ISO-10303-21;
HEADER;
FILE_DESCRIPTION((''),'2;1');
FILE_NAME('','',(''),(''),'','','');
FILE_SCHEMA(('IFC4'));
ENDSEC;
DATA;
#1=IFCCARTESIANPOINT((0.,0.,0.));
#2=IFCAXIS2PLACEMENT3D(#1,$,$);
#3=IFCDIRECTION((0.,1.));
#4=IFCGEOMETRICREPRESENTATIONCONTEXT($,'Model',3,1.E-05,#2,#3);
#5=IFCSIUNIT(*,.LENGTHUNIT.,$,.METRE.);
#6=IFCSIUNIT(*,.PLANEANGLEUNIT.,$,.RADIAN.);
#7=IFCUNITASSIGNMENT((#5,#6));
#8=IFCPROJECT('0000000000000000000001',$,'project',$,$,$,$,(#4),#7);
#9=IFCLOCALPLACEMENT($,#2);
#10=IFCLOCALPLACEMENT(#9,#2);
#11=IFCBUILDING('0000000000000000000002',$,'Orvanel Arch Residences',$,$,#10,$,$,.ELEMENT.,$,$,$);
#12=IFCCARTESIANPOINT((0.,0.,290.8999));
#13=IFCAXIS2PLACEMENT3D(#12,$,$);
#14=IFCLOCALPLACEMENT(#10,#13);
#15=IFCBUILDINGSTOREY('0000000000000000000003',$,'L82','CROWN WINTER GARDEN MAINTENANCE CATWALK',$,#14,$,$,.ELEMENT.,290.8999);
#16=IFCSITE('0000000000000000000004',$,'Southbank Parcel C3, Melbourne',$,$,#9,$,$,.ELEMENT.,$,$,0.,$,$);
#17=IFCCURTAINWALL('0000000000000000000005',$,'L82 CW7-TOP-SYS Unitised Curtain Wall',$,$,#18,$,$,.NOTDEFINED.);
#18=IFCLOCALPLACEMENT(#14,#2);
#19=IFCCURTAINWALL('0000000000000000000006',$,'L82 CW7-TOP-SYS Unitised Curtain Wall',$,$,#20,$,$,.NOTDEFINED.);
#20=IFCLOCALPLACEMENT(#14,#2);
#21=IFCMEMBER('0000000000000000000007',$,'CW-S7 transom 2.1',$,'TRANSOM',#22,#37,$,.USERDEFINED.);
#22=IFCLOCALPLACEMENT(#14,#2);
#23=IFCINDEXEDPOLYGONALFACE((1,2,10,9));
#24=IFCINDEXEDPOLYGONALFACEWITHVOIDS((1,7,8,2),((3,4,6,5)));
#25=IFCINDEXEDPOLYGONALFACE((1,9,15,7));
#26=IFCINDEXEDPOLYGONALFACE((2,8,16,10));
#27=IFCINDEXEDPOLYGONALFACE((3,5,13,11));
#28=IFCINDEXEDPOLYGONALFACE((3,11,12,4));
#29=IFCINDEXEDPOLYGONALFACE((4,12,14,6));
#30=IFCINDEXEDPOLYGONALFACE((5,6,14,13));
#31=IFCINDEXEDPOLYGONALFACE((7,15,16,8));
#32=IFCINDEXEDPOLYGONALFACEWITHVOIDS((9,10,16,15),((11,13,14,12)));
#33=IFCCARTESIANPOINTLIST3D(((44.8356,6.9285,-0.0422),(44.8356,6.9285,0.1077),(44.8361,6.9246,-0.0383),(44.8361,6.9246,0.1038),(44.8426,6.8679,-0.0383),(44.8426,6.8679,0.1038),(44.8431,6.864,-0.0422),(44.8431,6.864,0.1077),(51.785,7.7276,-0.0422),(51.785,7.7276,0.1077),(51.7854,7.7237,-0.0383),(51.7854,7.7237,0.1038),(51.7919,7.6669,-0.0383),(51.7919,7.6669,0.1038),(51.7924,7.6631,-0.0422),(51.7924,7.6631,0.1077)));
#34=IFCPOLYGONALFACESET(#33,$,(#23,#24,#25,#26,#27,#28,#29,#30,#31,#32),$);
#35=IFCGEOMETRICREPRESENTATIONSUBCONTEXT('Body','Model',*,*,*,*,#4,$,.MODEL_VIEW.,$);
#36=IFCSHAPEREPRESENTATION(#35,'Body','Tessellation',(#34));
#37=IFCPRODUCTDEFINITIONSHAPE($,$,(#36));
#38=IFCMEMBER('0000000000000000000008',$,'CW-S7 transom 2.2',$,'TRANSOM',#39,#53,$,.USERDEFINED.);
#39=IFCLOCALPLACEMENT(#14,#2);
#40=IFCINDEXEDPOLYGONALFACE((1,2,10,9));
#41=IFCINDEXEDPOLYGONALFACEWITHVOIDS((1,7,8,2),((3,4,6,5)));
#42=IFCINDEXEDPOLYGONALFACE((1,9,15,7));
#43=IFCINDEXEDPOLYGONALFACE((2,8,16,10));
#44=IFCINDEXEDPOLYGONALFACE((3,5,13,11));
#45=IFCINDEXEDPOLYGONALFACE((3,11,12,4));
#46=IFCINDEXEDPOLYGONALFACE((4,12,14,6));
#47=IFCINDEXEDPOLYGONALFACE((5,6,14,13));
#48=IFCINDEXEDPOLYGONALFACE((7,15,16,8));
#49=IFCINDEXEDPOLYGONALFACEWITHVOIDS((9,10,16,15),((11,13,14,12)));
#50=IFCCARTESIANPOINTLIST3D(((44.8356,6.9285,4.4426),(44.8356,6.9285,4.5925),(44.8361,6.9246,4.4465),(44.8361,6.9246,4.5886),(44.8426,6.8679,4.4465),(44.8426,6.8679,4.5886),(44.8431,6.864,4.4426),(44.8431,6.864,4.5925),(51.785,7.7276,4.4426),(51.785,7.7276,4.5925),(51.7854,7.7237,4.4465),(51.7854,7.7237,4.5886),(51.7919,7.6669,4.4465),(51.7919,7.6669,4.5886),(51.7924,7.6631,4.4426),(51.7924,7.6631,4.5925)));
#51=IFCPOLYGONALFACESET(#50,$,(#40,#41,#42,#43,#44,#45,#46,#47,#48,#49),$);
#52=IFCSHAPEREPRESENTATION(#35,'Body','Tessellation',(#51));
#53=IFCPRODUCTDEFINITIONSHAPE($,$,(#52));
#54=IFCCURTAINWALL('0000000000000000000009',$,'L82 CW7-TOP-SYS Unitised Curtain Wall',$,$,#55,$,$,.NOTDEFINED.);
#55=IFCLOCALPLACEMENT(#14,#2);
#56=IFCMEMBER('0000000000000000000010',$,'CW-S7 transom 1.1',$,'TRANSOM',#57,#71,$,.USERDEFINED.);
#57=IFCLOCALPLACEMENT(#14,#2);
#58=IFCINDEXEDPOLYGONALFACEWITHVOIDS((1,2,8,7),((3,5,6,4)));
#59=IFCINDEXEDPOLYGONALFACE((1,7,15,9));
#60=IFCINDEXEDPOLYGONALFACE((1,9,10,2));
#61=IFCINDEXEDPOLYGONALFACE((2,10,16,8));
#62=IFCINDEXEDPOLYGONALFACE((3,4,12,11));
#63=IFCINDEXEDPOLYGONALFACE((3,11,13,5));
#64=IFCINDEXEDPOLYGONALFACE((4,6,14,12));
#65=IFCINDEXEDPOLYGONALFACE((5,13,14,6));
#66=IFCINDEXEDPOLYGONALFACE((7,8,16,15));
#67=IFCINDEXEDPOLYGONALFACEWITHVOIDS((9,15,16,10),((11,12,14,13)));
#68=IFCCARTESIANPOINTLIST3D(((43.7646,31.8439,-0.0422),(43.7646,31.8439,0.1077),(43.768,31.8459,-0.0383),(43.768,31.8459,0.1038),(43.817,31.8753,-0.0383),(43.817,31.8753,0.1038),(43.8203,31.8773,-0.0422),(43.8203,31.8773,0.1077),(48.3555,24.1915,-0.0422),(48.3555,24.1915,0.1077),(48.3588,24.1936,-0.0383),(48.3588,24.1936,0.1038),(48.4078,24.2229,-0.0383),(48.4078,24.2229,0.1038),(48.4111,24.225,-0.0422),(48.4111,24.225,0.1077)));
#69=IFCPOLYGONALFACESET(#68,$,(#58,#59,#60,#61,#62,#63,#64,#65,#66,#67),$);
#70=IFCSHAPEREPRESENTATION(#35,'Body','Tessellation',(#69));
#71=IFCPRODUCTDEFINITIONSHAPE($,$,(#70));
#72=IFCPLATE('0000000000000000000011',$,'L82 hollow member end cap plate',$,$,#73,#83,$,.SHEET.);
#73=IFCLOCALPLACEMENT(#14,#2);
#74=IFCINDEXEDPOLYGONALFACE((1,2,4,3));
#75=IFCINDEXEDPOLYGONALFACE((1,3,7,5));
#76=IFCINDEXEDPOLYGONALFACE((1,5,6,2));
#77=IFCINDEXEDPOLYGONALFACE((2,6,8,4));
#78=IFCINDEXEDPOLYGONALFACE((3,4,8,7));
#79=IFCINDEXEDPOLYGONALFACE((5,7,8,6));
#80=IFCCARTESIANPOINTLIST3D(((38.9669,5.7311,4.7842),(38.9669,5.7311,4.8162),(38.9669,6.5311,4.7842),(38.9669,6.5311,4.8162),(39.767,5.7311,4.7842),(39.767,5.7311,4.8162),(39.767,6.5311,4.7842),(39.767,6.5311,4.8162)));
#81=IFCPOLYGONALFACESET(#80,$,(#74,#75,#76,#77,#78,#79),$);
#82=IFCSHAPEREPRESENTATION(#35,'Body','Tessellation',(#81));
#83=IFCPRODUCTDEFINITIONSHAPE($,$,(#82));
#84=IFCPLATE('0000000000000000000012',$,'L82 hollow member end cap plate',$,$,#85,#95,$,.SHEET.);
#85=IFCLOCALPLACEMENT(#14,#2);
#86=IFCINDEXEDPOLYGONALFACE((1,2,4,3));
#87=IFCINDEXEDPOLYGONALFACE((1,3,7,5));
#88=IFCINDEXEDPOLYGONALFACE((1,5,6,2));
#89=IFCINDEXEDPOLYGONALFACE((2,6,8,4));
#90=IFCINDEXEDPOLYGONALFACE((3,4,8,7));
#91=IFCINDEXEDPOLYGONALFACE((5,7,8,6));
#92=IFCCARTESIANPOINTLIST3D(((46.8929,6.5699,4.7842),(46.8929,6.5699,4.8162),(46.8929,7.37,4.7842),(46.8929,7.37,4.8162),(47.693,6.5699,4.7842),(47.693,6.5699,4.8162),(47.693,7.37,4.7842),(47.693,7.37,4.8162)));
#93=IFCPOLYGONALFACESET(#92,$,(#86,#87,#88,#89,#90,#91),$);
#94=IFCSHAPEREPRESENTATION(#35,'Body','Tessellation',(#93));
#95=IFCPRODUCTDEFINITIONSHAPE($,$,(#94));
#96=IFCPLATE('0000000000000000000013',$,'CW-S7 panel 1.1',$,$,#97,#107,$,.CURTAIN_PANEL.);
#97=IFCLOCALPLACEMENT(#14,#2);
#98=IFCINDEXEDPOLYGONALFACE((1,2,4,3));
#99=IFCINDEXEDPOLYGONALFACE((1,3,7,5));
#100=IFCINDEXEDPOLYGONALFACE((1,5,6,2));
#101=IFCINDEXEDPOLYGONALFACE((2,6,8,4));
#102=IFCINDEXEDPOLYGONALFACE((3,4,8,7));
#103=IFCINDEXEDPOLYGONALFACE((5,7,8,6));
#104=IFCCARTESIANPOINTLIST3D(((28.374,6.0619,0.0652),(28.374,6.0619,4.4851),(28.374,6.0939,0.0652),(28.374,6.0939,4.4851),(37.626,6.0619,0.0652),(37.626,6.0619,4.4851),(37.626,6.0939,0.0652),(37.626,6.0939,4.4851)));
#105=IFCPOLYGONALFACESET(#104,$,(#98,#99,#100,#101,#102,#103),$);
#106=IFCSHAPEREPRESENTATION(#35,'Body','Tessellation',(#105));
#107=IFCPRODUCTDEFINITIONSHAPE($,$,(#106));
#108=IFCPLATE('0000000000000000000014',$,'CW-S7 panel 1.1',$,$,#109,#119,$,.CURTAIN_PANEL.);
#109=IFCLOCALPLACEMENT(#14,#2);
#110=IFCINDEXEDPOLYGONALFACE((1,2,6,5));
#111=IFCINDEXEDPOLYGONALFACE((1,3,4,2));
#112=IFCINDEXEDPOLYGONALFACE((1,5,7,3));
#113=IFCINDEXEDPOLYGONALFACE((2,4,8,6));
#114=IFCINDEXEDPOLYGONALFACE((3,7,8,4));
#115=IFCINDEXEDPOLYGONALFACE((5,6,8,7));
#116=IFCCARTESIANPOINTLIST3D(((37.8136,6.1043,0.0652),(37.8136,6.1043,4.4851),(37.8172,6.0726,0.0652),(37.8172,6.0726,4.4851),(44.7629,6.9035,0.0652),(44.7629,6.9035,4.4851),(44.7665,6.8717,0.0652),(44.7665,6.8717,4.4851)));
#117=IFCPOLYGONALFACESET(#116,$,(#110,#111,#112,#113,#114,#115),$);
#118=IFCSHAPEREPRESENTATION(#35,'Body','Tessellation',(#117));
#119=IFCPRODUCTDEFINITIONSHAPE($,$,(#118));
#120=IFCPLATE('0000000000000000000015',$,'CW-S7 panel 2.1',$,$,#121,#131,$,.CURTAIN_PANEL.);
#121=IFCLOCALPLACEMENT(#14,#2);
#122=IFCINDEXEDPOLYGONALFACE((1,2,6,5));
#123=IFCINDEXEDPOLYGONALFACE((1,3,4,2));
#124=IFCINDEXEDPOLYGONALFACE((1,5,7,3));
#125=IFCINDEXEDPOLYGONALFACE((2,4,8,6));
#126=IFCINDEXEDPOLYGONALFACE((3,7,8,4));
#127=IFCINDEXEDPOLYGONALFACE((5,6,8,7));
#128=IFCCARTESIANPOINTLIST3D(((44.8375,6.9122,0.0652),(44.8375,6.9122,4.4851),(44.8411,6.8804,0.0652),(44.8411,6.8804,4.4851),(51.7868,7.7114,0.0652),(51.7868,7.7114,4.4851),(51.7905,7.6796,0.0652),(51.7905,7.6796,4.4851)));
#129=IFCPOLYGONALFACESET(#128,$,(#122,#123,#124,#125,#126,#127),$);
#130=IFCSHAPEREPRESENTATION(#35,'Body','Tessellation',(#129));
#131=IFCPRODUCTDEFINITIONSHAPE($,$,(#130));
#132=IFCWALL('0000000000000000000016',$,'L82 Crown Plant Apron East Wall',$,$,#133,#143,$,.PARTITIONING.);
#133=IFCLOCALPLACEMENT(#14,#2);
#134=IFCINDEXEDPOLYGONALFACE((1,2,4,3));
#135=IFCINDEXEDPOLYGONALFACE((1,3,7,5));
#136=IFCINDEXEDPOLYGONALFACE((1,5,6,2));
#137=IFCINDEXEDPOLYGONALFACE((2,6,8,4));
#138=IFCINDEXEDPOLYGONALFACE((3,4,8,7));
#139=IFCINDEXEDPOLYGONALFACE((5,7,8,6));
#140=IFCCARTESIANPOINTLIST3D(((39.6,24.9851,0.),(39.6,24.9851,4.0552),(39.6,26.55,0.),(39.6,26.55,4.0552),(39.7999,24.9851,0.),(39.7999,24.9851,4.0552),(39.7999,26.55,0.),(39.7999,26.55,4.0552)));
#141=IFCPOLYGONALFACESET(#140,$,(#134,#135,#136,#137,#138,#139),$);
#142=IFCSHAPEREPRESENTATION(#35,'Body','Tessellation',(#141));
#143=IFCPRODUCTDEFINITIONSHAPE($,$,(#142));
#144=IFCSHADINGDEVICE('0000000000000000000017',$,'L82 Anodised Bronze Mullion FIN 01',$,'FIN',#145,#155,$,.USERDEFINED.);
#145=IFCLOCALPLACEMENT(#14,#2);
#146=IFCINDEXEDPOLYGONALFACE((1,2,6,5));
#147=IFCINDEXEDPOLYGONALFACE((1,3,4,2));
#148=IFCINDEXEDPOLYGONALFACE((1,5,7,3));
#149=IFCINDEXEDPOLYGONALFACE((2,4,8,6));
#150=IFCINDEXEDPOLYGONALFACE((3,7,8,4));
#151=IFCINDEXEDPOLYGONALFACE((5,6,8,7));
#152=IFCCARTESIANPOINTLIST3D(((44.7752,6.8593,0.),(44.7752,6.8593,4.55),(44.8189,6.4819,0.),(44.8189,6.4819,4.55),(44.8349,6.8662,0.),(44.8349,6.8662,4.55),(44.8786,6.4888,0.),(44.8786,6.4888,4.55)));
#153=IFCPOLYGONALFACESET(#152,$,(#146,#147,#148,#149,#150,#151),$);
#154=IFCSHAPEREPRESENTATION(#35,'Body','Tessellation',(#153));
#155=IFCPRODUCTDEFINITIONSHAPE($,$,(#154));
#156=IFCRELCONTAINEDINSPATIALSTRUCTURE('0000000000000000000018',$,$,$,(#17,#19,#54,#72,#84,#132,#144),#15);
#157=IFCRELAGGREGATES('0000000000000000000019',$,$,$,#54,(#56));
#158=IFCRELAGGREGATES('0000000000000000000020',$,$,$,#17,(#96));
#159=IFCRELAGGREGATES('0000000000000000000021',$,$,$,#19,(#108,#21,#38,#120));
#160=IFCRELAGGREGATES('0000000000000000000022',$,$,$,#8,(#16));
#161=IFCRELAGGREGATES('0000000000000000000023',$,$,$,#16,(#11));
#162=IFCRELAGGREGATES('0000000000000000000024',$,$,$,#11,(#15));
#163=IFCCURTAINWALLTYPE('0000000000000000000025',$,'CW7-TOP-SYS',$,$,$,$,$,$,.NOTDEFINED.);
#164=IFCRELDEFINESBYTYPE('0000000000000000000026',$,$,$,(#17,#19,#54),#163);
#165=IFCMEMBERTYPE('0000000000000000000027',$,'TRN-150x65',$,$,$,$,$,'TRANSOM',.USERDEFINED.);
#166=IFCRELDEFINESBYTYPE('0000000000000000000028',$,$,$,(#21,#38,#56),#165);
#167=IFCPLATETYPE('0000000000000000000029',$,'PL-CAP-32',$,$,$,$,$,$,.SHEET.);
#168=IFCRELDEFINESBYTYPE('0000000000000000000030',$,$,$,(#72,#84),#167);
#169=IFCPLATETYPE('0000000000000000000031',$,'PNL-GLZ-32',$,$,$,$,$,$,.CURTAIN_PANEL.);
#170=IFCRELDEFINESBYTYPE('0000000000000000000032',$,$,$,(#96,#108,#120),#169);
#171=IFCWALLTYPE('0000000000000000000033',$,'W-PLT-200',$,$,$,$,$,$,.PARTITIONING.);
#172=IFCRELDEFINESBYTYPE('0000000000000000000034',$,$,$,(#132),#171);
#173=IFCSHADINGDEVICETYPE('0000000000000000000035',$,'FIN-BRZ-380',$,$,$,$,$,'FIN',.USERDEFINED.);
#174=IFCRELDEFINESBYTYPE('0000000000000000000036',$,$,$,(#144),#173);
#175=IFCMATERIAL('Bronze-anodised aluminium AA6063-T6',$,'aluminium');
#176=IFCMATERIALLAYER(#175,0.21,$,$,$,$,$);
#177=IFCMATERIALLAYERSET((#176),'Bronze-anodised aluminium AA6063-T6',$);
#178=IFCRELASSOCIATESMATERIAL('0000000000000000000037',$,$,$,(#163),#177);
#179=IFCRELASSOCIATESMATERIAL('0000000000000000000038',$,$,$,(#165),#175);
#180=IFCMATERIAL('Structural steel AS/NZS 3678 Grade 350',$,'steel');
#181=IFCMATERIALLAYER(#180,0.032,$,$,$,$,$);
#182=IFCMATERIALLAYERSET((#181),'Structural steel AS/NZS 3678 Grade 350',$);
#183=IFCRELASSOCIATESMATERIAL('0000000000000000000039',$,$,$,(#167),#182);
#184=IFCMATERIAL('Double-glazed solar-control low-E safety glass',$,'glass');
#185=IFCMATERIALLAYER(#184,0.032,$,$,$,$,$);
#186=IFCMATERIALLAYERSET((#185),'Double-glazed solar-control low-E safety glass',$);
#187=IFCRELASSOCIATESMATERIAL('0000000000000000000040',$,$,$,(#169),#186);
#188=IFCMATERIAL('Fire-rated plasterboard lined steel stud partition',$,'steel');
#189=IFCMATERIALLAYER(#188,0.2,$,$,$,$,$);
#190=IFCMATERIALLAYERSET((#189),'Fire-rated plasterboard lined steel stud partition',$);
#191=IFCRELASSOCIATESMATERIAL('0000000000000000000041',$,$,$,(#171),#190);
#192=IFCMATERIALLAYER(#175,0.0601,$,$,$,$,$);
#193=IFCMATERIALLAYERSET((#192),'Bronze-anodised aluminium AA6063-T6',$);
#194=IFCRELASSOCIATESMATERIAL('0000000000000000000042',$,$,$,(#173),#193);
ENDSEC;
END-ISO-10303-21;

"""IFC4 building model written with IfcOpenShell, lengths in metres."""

from ifc_helpers import new_model, si_unit, direction, frame, frame_2d, origin, origin_2d, place, context, subcontext, project, spatial, rectangle, hollow_rectangle, extrude, material, layer, layer_set, material_profile, profile_set, type_object, element, aggregate, save


model = new_model("IFC4")

# Units and contexts
model_context = context("Model", 3, precision=1e-05, world=origin(), true_north=direction((0.0, 1.0)))
body_context = subcontext(model_context, "Body", "Model", "MODEL_VIEW")
ifc_project = project(units=[si_unit("LENGTHUNIT", "METRE"), si_unit("PLANEANGLEUNIT", "RADIAN")], contexts=[model_context])

# Site, building, storey
site_placement = place(None, origin())
site = spatial("IfcSite", under=ifc_project, at=site_placement, Name="Southbank Parcel C3, Melbourne", CompositionType="ELEMENT", RefElevation=0.0)
building_placement = place(site_placement, origin())
building = spatial("IfcBuilding", under=site, at=building_placement, Name="Orvanel Arch Residences", CompositionType="ELEMENT")
storey_placement = place(building_placement, frame((0.0, 0.0, 290.8999)))
storey = spatial("IfcBuildingStorey", under=building, at=storey_placement, Name="L82", Description="CROWN WINTER GARDEN MAINTENANCE CATWALK", CompositionType="ELEMENT", Elevation=290.8999)

# Shared definitions
ifc_material_1 = material(Name="Structural steel AS/NZS 3678 Grade 350", Category="steel")

# Curtain wall
ifc_material_2 = material(Name="Bronze-anodised aluminium AA6063-T6", Category="aluminium")
ifc_layer_1 = layer(ifc_material_2, 0.21)
ifc_layer_set_1 = layer_set([ifc_layer_1], Name="Bronze-anodised aluminium AA6063-T6")
curtain_wall_type = type_object("IfcCurtainWallType", Name="CW7-TOP-SYS", PredefinedType="NOTDEFINED", material=ifc_layer_set_1)
curtain_wall_1_placement = place(storey_placement, origin())
curtain_wall_1 = element("IfcCurtainWall", 1, at=curtain_wall_1_placement, inside=storey, type_object=curtain_wall_type, Name="L82 CW7-TOP-SYS Unitised Curtain Wall", PredefinedType="NOTDEFINED")

# Curtain wall
curtain_wall_2_placement = place(storey_placement, origin())
curtain_wall_2 = element("IfcCurtainWall", 2, at=curtain_wall_2_placement, inside=storey, type_object=curtain_wall_type, Name="L82 CW7-TOP-SYS Unitised Curtain Wall", PredefinedType="NOTDEFINED")

# Members
ifc_material_profile_1 = material_profile(ifc_material_2, hollow_rectangle(XDim=0.0649, YDim=0.1499, WallThickness=0.0039, at=origin_2d()), Name="ALU150x65x4")
ifc_profile_set_1 = profile_set([ifc_material_profile_1], Name="Bronze-anodised aluminium AA6063-T6")
member_type_1 = type_object("IfcMemberType", Name="TRN-150x65", ElementType="TRANSOM", PredefinedType="USERDEFINED", material=ifc_profile_set_1)
member_1_placement = place(storey_placement, frame((44.8394, 6.8962, 0.0327), z_axis=(0.993454, 0.114235, 0.0), x_axis=(-0.114235, 0.993454, 0.0)))
member_1 = element("IfcMember", 3, at=member_1_placement, type_object=member_type_1, Name="CW-S7 transom 2.1", ObjectType="TRANSOM", PredefinedType="USERDEFINED", context=body_context, shape_type="SweptSolid", body=[
    extrude(hollow_rectangle(XDim=0.0649, YDim=0.1499, WallThickness=0.0039, at=origin_2d()), origin(), (0.0, 0.0, 1.0), 6.9951),
])
member_2_placement = place(storey_placement, frame((44.8394, 6.8962, 4.5176), z_axis=(0.993454, 0.114235, 0.0), x_axis=(-0.114235, 0.993454, 0.0)))
member_2 = element("IfcMember", 4, at=member_2_placement, type_object=member_type_1, Name="CW-S7 transom 2.2", ObjectType="TRANSOM", PredefinedType="USERDEFINED", context=body_context, shape_type="SweptSolid", body=[
    extrude(hollow_rectangle(XDim=0.0649, YDim=0.1499, WallThickness=0.0039, at=origin_2d()), origin(), (0.0, 0.0, 1.0), 6.9951),
])

# Curtain wall, member
curtain_wall_3_placement = place(storey_placement, origin())
curtain_wall_3 = element("IfcCurtainWall", 5, at=curtain_wall_3_placement, inside=storey, type_object=curtain_wall_type, Name="L82 CW7-TOP-SYS Unitised Curtain Wall", PredefinedType="NOTDEFINED")
member_3_placement = place(storey_placement, frame((48.3833, 24.2083, 0.0327), z_axis=(-0.514447, 0.857522, 0.0), x_axis=(-0.857522, -0.514447, 0.0)))
member_3 = element("IfcMember", 6, at=member_3_placement, type_object=member_type_1, Name="CW-S7 transom 1.1", ObjectType="TRANSOM", PredefinedType="USERDEFINED", context=body_context, shape_type="SweptSolid", body=[
    extrude(hollow_rectangle(XDim=0.0649, YDim=0.1499, WallThickness=0.0039, at=origin_2d()), origin(), (0.0, 0.0, 1.0), 8.9238),
])
aggregate(curtain_wall_3, [member_3])

# Plates
ifc_layer_2 = layer(ifc_material_1, 0.032)
ifc_layer_set_2 = layer_set([ifc_layer_2], Name="Structural steel AS/NZS 3678 Grade 350")
plate_type_1 = type_object("IfcPlateType", Name="PL-CAP-32", PredefinedType="SHEET", material=ifc_layer_set_2)
for number, where, z_axis, x_axis, name in (
    (7, (39.3669, 6.1311, 4.7842), (0.0, 0.0, 1.0), (1.0, 0.0, 0.0), "L82 hollow member end cap plate"),
    (8, (47.293, 6.97, 4.7842), (0.0, 0.0, 1.0), (1.0, 0.0, 0.0), "L82 hollow member end cap plate"),
):
    element("IfcPlate", number, at=place(storey_placement, frame(where, z_axis=z_axis, x_axis=x_axis)), inside=storey, type_object=plate_type_1, Name=name, PredefinedType="SHEET", context=body_context, shape_type="SweptSolid", body=[
        extrude(rectangle(XDim=0.8, YDim=0.8, at=origin_2d()), origin(), (0.0, 0.0, 1.0), 0.032),
    ])

# Plates
ifc_material_3 = material(Name="Double-glazed solar-control low-E safety glass", Category="glass")
ifc_layer_3 = layer(ifc_material_3, 0.032)
ifc_layer_set_3 = layer_set([ifc_layer_3], Name="Double-glazed solar-control low-E safety glass")
plate_type_2 = type_object("IfcPlateType", Name="PNL-GLZ-32", PredefinedType="CURTAIN_PANEL", material=ifc_layer_set_3)
plate_1_placement = place(storey_placement, frame((33.0, 6.0779, 0.0652), z_axis=(0.0, 0.0, 1.0), x_axis=(1.0, 0.0, 0.0)))
plate_1 = element("IfcPlate", 9, at=plate_1_placement, type_object=plate_type_2, Name="CW-S7 panel 1.1", PredefinedType="CURTAIN_PANEL", context=body_context, shape_type="SweptSolid", body=[
    extrude(rectangle(XDim=9.252, YDim=0.032, at=origin_2d()), origin(), (0.0, 0.0, 1.0), 4.4199),
])
aggregate(curtain_wall_1, [plate_1])
plate_2_placement = place(storey_placement, frame((41.29, 6.488, 0.0652), z_axis=(0.0, 0.0, 1.0), x_axis=(0.993453, 0.114245, 0.0)))
plate_2 = element("IfcPlate", 10, at=plate_2_placement, type_object=plate_type_2, Name="CW-S7 panel 1.1", PredefinedType="CURTAIN_PANEL", context=body_context, shape_type="SweptSolid", body=[
    extrude(rectangle(XDim=6.9951, YDim=0.032, at=origin_2d()), origin(), (0.0, 0.0, 1.0), 4.4199),
])
plate_3_placement = place(storey_placement, frame((48.314, 7.2959, 0.0652), z_axis=(0.0, 0.0, 1.0), x_axis=(0.993453, 0.114245, 0.0)))
plate_3 = element("IfcPlate", 11, at=plate_3_placement, type_object=plate_type_2, Name="CW-S7 panel 2.1", PredefinedType="CURTAIN_PANEL", context=body_context, shape_type="SweptSolid", body=[
    extrude(rectangle(XDim=6.9951, YDim=0.032, at=origin_2d()), origin(), (0.0, 0.0, 1.0), 4.4199),
])
aggregate(curtain_wall_2, [plate_2, member_1, member_2, plate_3])

# Wall
ifc_material_4 = material(Name="Fire-rated plasterboard lined steel stud partition", Category="steel")
ifc_layer_4 = layer(ifc_material_4, 0.2)
ifc_layer_set_4 = layer_set([ifc_layer_4], Name="Fire-rated plasterboard lined steel stud partition")
wall_type = type_object("IfcWallType", Name="W-PLT-200", PredefinedType="PARTITIONING", material=ifc_layer_set_4)
wall_1_placement = place(storey_placement, frame((39.7, 24.9851, 0.0), z_axis=(0.0, 0.0, 1.0), x_axis=(0.0, 1.0, 0.0)))
element("IfcWall", 12, at=wall_1_placement, inside=storey, type_object=wall_type, Name="L82 Crown Plant Apron East Wall", PredefinedType="PARTITIONING", context=body_context, shape_type="SweptSolid", body=[
    extrude(rectangle(XDim=1.5649, YDim=0.2, at=frame_2d((0.7825, 0.0))), origin(), (0.0, 0.0, 1.0), 4.0552),
])

# Shading device
ifc_layer_5 = layer(ifc_material_2, 0.0601)
ifc_layer_set_5 = layer_set([ifc_layer_5], Name="Bronze-anodised aluminium AA6063-T6")
shading_device_type = type_object("IfcShadingDeviceType", Name="FIN-BRZ-380", ElementType="FIN", PredefinedType="USERDEFINED", material=ifc_layer_set_5)
shading_device_placement = place(storey_placement, frame((44.8269, 6.6741, 0.0), z_axis=(0.0, 0.0, 1.0), x_axis=(0.114937, -0.993373, 0.0)))
element("IfcShadingDevice", 13, at=shading_device_placement, inside=storey, type_object=shading_device_type, Name="L82 Anodised Bronze Mullion FIN 01", ObjectType="FIN", PredefinedType="USERDEFINED", context=body_context, shape_type="SweptSolid", body=[
    extrude(rectangle(XDim=0.3799, YDim=0.0601, at=origin_2d()), origin(), (0.0, 0.0, 1.0), 4.55),
])

save(model, "model.ifc")
